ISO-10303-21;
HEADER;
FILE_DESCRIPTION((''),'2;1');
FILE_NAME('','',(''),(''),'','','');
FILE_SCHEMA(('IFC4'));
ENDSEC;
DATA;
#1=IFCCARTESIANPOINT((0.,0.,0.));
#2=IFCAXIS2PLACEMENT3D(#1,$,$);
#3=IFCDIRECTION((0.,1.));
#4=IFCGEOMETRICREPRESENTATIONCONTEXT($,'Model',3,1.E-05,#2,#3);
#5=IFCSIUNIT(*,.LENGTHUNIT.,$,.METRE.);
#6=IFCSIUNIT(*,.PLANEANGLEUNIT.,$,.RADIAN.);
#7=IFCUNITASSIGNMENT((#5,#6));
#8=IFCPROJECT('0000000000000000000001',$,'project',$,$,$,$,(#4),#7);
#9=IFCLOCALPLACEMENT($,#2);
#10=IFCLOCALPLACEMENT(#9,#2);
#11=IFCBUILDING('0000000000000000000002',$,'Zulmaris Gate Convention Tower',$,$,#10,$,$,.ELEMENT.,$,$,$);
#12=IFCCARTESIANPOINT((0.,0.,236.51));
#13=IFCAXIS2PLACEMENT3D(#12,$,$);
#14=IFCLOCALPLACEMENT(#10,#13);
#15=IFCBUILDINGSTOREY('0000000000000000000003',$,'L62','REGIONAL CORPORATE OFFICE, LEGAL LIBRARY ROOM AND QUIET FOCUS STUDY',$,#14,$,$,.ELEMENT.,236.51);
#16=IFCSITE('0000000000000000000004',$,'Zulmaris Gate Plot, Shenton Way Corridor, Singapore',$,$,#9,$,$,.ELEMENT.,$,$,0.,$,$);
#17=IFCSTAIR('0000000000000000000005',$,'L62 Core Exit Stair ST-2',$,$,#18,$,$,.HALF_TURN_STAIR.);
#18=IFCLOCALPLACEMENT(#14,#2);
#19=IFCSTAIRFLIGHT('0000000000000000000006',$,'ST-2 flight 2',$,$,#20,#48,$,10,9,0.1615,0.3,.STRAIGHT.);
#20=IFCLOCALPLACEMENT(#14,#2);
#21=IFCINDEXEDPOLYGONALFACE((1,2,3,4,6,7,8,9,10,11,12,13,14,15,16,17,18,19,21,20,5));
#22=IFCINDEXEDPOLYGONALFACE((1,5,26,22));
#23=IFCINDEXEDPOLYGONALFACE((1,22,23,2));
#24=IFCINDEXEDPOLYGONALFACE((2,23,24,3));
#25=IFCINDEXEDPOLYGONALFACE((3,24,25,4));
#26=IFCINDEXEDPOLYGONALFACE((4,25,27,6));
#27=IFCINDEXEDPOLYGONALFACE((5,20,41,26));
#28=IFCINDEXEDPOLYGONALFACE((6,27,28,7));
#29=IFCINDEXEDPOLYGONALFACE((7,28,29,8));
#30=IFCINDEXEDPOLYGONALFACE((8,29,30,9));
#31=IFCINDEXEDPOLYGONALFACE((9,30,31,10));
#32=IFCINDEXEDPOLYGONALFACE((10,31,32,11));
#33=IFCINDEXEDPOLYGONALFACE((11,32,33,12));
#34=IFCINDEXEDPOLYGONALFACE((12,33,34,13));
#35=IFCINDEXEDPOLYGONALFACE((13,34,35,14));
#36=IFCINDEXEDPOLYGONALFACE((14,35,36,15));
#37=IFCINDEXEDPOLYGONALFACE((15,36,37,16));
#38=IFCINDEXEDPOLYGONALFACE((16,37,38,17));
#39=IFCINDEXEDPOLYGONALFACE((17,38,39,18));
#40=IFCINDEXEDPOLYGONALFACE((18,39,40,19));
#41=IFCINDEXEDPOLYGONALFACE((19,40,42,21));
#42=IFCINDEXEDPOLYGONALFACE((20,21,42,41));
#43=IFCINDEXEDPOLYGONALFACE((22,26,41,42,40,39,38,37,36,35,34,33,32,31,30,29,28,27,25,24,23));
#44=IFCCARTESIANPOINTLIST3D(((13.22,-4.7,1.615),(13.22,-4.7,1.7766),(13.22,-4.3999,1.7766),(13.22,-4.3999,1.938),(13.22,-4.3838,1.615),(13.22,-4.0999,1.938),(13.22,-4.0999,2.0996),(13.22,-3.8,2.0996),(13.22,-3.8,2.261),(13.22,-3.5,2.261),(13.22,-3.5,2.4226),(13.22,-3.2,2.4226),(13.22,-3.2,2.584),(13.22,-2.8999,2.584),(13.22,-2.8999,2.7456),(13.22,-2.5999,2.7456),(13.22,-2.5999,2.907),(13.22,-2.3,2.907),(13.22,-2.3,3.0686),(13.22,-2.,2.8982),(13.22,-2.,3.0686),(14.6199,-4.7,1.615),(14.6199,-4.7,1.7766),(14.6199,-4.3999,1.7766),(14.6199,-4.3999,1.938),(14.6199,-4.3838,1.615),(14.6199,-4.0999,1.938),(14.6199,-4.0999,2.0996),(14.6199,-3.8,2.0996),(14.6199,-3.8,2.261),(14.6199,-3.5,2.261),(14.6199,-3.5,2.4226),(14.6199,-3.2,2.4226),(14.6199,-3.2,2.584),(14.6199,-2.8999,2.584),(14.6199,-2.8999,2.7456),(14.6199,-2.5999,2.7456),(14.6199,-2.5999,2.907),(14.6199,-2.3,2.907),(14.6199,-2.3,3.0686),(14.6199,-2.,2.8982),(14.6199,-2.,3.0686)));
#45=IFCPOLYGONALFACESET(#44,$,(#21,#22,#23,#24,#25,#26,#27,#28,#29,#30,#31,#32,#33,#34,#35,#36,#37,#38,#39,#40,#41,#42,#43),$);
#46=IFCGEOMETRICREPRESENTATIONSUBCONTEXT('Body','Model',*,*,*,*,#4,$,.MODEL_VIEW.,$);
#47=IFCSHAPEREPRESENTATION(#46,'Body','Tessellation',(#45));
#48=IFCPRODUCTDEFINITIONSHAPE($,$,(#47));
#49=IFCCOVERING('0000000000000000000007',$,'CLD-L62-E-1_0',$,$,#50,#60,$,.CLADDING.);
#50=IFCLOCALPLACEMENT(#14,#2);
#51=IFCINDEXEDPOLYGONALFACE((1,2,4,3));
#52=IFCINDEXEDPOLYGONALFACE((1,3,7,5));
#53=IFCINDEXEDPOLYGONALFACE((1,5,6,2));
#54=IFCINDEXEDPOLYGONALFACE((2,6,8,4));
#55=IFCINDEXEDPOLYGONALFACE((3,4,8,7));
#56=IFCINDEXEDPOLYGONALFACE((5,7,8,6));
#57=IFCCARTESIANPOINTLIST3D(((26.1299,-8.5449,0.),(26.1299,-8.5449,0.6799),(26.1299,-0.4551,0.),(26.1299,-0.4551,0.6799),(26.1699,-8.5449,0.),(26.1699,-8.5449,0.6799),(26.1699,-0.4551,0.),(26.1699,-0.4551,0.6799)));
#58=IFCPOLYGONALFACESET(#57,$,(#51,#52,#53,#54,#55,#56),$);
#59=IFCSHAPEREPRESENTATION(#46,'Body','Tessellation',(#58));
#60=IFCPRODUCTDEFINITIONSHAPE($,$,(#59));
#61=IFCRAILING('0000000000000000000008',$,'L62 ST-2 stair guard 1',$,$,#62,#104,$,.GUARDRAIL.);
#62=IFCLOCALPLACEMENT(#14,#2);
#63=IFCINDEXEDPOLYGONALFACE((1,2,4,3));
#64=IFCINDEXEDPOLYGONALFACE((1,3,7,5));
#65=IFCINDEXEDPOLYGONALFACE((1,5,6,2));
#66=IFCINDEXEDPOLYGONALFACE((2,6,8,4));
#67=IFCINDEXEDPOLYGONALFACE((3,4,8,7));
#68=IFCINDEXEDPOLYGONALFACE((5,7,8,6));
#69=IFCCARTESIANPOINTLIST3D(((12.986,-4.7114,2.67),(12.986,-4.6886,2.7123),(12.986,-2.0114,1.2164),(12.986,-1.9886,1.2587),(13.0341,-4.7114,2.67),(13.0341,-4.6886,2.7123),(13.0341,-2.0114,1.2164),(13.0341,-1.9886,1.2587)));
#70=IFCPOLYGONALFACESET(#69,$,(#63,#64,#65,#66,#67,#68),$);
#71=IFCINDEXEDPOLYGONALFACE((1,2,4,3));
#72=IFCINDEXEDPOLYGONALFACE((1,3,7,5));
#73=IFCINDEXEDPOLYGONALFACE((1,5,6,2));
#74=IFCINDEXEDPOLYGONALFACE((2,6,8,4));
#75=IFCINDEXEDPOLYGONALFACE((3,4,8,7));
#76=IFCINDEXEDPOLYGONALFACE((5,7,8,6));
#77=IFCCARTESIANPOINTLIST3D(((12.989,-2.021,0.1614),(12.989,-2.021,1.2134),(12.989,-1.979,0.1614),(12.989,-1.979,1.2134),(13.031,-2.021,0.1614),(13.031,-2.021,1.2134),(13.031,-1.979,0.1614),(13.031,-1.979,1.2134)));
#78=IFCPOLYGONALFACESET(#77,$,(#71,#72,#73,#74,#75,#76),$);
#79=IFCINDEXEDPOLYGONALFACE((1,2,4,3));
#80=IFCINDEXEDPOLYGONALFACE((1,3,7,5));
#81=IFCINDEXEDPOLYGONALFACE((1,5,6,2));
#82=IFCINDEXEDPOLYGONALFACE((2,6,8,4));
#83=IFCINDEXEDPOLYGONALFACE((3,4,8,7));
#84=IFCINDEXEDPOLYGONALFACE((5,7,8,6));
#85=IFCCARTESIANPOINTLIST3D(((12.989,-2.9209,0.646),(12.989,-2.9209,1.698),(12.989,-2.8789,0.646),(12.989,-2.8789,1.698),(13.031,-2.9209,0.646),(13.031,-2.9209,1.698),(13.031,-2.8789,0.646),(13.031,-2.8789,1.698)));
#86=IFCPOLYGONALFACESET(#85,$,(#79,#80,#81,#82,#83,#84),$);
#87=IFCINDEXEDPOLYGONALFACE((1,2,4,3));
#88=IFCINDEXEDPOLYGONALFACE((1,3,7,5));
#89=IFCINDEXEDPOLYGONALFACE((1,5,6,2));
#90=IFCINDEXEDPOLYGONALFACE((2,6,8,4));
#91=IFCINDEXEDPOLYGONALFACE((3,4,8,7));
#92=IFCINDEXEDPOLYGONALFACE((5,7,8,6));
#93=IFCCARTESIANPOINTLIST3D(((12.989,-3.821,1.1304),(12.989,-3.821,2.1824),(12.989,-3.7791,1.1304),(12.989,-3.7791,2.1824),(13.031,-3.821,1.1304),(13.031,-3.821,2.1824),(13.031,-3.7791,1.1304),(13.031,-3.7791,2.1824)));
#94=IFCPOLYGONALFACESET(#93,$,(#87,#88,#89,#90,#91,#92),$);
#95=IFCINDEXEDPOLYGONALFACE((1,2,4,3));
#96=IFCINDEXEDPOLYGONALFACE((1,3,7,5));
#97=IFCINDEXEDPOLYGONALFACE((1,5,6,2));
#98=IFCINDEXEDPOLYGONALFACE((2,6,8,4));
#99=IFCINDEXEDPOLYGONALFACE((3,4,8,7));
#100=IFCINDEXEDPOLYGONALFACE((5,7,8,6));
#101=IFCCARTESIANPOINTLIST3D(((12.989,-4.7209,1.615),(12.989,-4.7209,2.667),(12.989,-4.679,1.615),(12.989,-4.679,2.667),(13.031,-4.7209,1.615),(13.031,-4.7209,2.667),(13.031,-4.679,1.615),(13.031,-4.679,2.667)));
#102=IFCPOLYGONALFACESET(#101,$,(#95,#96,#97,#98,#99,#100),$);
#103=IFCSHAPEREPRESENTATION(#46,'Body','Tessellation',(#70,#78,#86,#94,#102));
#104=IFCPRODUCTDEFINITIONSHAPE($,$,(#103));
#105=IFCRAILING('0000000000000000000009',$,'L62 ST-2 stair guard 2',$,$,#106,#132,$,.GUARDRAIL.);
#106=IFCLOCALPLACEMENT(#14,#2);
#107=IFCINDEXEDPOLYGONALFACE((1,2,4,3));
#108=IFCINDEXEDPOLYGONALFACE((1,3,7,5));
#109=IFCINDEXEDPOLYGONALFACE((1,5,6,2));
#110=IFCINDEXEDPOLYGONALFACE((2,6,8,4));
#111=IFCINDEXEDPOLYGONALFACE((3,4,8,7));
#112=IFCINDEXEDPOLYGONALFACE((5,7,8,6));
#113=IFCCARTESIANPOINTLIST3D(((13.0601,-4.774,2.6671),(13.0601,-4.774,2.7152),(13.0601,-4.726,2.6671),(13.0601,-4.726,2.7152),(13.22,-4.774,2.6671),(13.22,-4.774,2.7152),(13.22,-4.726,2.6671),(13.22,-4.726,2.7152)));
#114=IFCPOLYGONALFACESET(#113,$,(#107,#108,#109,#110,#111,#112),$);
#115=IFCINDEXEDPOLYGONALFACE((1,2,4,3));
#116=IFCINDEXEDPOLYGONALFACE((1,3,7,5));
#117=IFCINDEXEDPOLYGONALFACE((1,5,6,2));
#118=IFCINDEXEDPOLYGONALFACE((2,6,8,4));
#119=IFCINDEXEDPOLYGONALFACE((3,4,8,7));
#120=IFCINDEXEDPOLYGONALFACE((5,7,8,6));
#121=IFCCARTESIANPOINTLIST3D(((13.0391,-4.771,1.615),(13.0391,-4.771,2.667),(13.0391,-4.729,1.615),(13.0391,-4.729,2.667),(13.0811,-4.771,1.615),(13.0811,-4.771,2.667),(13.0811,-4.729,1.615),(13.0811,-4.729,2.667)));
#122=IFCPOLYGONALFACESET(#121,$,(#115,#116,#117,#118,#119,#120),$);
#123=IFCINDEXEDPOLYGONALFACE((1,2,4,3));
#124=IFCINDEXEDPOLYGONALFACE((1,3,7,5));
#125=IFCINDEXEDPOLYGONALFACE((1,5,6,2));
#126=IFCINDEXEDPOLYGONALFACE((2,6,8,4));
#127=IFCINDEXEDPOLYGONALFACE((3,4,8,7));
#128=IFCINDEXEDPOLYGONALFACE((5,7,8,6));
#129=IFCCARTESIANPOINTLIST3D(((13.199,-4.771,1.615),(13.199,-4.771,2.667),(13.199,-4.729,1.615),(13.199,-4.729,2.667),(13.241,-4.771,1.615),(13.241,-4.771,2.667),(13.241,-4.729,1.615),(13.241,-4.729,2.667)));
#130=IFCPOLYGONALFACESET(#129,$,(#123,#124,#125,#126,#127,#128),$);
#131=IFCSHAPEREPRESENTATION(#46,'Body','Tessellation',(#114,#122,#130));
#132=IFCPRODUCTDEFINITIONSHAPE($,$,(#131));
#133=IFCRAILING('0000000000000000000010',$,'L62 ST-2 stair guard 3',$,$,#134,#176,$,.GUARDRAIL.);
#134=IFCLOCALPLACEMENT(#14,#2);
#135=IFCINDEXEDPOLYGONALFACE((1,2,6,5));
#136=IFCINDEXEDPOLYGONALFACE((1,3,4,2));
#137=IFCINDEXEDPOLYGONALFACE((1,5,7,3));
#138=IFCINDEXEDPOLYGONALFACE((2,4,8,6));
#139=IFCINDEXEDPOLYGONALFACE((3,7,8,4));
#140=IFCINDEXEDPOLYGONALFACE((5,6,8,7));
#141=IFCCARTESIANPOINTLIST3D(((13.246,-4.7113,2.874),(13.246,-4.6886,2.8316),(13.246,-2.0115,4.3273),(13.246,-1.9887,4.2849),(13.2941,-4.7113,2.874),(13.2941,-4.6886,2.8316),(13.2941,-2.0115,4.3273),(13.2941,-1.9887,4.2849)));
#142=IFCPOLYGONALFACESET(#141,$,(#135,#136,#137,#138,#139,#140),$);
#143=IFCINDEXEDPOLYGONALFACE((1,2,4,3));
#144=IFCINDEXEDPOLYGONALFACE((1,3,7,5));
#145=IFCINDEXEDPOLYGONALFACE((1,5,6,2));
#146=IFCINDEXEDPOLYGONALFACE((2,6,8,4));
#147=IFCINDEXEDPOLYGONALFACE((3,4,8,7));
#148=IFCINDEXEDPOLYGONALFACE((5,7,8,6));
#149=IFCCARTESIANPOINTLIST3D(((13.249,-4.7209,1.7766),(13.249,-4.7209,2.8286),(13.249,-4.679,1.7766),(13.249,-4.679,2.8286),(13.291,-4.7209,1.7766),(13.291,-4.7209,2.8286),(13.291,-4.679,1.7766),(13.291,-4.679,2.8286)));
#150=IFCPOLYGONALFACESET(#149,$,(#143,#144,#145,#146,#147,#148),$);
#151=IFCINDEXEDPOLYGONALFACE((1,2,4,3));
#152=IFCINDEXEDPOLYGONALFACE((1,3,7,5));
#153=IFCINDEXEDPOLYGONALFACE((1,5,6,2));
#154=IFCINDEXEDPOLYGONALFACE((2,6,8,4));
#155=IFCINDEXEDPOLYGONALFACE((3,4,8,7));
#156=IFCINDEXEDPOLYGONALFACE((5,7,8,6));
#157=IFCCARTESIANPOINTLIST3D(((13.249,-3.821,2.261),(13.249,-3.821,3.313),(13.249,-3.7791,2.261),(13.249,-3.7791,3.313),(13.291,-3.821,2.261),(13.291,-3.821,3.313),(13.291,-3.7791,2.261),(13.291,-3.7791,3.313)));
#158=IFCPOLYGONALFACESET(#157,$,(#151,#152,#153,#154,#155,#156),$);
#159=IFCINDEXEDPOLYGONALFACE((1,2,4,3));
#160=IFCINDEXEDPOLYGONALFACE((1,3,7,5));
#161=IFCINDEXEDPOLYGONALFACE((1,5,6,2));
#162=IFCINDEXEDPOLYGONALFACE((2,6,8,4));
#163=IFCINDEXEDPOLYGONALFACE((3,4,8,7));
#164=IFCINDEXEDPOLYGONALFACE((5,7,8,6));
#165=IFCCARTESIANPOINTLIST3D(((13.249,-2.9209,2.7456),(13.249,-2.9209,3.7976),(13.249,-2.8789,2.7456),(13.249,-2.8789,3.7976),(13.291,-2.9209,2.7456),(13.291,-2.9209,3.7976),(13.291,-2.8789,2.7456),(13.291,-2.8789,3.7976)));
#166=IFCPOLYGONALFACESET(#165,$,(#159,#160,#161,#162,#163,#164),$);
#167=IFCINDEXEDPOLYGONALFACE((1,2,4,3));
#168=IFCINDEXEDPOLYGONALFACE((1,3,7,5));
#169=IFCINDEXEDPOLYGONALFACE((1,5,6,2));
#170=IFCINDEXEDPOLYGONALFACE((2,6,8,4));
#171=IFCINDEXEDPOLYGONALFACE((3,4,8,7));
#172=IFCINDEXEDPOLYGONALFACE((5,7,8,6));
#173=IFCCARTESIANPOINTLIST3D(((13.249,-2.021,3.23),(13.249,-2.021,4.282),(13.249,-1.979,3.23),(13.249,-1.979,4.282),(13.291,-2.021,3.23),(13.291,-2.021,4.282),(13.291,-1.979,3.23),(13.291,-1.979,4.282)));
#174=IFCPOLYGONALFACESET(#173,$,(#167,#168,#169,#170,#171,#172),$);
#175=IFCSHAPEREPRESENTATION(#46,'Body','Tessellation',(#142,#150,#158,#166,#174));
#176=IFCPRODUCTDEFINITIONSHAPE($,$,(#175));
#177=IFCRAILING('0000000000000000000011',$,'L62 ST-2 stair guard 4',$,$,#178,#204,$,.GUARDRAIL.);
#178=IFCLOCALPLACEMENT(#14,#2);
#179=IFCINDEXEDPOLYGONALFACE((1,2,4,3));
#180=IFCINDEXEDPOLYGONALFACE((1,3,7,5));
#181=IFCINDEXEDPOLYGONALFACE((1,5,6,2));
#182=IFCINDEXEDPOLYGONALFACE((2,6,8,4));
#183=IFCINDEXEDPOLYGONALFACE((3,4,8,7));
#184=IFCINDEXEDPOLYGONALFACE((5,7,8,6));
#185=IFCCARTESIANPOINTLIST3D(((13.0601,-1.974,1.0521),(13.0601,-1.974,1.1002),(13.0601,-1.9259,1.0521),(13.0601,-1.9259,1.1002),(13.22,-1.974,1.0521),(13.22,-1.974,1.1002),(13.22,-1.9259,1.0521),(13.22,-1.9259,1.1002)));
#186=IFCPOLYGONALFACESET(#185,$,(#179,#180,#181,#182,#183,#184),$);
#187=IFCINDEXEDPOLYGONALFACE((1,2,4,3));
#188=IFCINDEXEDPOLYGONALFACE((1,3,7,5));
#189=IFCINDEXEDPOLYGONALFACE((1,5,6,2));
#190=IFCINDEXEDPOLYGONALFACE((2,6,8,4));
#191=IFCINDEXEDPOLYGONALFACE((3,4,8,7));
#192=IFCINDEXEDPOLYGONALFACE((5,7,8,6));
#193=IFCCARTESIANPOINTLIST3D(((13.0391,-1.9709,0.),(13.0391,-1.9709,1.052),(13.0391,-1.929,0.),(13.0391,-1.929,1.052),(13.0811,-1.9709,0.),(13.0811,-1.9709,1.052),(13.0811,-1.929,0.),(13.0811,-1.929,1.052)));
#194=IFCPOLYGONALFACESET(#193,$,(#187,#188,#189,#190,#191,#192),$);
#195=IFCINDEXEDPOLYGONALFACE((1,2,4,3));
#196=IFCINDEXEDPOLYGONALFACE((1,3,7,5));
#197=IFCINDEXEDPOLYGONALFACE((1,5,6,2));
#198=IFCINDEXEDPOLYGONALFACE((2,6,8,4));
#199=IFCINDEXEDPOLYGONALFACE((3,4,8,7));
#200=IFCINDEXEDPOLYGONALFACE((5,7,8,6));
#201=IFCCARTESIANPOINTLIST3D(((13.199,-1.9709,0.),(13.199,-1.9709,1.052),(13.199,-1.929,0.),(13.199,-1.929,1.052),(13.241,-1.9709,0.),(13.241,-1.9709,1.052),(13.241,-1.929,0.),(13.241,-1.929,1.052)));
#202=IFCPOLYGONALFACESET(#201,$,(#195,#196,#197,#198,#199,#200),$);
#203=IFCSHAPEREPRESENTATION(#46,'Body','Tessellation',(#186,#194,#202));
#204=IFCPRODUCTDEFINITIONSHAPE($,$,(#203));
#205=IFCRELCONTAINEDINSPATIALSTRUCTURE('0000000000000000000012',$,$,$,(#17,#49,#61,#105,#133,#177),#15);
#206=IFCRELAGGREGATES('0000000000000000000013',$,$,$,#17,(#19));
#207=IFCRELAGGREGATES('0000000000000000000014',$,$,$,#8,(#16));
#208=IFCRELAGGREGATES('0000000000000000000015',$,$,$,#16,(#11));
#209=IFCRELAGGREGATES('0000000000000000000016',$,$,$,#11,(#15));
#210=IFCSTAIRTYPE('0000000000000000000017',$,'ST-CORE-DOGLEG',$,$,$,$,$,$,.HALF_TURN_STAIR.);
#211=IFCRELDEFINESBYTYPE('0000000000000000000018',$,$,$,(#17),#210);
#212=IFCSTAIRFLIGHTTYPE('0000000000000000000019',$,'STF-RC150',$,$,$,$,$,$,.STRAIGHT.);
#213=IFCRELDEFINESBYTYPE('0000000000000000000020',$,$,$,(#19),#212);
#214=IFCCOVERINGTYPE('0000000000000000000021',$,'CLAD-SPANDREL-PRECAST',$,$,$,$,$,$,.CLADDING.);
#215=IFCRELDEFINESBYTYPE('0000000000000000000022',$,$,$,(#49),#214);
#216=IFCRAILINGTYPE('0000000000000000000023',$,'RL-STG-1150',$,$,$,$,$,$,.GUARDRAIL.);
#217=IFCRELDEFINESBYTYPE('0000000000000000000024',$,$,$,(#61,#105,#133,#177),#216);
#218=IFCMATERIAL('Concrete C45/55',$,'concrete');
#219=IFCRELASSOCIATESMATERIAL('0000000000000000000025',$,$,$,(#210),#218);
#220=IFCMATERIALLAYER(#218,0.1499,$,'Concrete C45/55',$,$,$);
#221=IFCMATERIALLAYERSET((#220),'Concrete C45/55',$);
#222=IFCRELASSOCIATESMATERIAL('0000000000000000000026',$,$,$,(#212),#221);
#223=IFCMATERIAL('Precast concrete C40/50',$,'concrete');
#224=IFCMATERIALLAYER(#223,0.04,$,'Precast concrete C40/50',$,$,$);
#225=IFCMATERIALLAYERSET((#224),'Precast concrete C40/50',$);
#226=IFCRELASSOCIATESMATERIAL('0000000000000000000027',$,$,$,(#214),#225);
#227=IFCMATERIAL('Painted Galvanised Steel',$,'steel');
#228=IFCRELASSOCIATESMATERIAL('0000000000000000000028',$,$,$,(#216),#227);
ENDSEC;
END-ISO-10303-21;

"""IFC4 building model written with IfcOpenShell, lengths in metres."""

from ifc_helpers import new_model, si_unit, direction, frame, frame_2d, origin, origin_2d, place, context, subcontext, project, spatial, polyline, rectangle, outline, extrude, material, layer, layer_set, type_object, element, aggregate, save


model = new_model("IFC4")

# Units and contexts
model_context = context("Model", 3, precision=1e-05, world=origin(), true_north=direction((0.0, 1.0)))
body_context = subcontext(model_context, "Body", "Model", "MODEL_VIEW")
ifc_project = project(units=[si_unit("LENGTHUNIT", "METRE"), si_unit("PLANEANGLEUNIT", "RADIAN")], contexts=[model_context])

# Site, building, storey
site_placement = place(None, origin())
site = spatial("IfcSite", under=ifc_project, at=site_placement, Name="Zulmaris Gate Plot, Shenton Way Corridor, Singapore", CompositionType="ELEMENT", RefElevation=0.0)
building_placement = place(site_placement, origin())
building = spatial("IfcBuilding", under=site, at=building_placement, Name="Zulmaris Gate Convention Tower", CompositionType="ELEMENT")
storey_placement = place(building_placement, frame((0.0, 0.0, 236.51)))
storey = spatial("IfcBuildingStorey", under=building, at=storey_placement, Name="L62", Description="REGIONAL CORPORATE OFFICE, LEGAL LIBRARY ROOM AND QUIET FOCUS STUDY", CompositionType="ELEMENT", Elevation=236.51)

# Shared definitions
ifc_material_1 = material(Name="Precast concrete C40/50", Category="concrete")

# Stair, stair flight
ifc_material_2 = material(Name="Concrete C45/55", Category="concrete")
stair_type = type_object("IfcStairType", Name="ST-CORE-DOGLEG", PredefinedType="HALF_TURN_STAIR", material=ifc_material_2)
stair_placement = place(storey_placement, origin())
stair = element("IfcStair", 1, at=stair_placement, inside=storey, type_object=stair_type, Name="L62 Core Exit Stair ST-2", PredefinedType="HALF_TURN_STAIR")
ifc_layer_1 = layer(ifc_material_2, 0.1499, Name="Concrete C45/55")
ifc_layer_set_1 = layer_set([ifc_layer_1], Name="Concrete C45/55")
stair_flight_type = type_object("IfcStairFlightType", Name="STF-RC150", PredefinedType="STRAIGHT", material=ifc_layer_set_1)
stair_flight_1_placement = place(storey_placement, frame((13.9199, -4.7, 1.615), z_axis=(0.0, 0.0, 1.0), x_axis=(0.0, 1.0, 0.0)))
stair_flight_1 = element("IfcStairFlight", 2, at=stair_flight_1_placement, type_object=stair_flight_type, Name="ST-2 flight 2", NumberOfRisers=10, NumberOfTreads=9, PredefinedType="STRAIGHT", RiserHeight=0.1615, TreadLength=0.3, context=body_context, shape_type="SweptSolid", body=[
    extrude(outline(polyline([(0.0, 0.0), (0.0, 0.1616), (0.3, 0.1616), (0.3, 0.323), (0.6001, 0.323), (0.6001, 0.4846), (0.8999, 0.4846), (0.8999, 0.646), (1.2, 0.646), (1.2, 0.8076), (1.5, 0.8076), (1.5, 0.969), (1.8, 0.969), (1.8, 1.1306), (2.1001, 1.1306), (2.1001, 1.292), (2.3999, 1.292), (2.3999, 1.4536), (2.7, 1.4536), (2.7, 1.615), (2.7, 1.2832), (0.3162, 0.0), (0.0, 0.0)])), frame((0.0, 0.7, 0.0), z_axis=(0.0, -1.0, 0.0), x_axis=(1.0, 0.0, 0.0)), (0.0, 0.0, 1.0), 1.3999),
])
aggregate(stair, [stair_flight_1])

# Covering
ifc_layer_2 = layer(ifc_material_1, 0.04, Name="Precast concrete C40/50")
ifc_layer_set_2 = layer_set([ifc_layer_2], Name="Precast concrete C40/50")
covering_type = type_object("IfcCoveringType", Name="CLAD-SPANDREL-PRECAST", PredefinedType="CLADDING", material=ifc_layer_set_2)
covering_placement = place(storey_placement, frame((26.1499, -8.5449, 0.0), z_axis=(0.0, 0.0, 1.0), x_axis=(0.0, 1.0, 0.0)))
element("IfcCovering", 3, at=covering_placement, inside=storey, type_object=covering_type, Name="CLD-L62-E-1_0", PredefinedType="CLADDING", context=body_context, shape_type="SweptSolid", body=[
    extrude(rectangle(XDim=8.0898, YDim=0.04, at=frame_2d((4.0449, 0.0))), origin(), (0.0, 0.0, 1.0), 0.6799),
])

# Railings
ifc_material_3 = material(Name="Painted Galvanised Steel", Category="steel")
railing_type_1 = type_object("IfcRailingType", Name="RL-STG-1150", PredefinedType="GUARDRAIL", material=ifc_material_3)
railing_1_placement = place(storey_placement, frame((13.01, -2.0, 0.1614)))
element("IfcRailing", 4, at=railing_1_placement, inside=storey, type_object=railing_type_1, Name="L62 ST-2 stair guard 1", PredefinedType="GUARDRAIL", context=body_context, shape_type="SweptSolid", body=[
    extrude(rectangle(XDim=0.0481, YDim=0.0481, at=origin_2d()), frame((0.0, 0.0, 1.0762), z_axis=(0.0, -0.880499, 0.474048), x_axis=(1.0, 0.0, 0.0)), (0.0, 0.0, 1.0), 3.0664),
    extrude(rectangle(XDim=0.042, YDim=0.042, at=origin_2d()), origin(), (0.0, 0.0, 1.0), 1.052),
    extrude(rectangle(XDim=0.042, YDim=0.042, at=origin_2d()), frame((0.0, -0.8999, 0.4846)), (0.0, 0.0, 1.0), 1.052),
    extrude(rectangle(XDim=0.042, YDim=0.042, at=origin_2d()), frame((0.0, -1.8, 0.969)), (0.0, 0.0, 1.0), 1.052),
    extrude(rectangle(XDim=0.042, YDim=0.042, at=origin_2d()), frame((0.0, -2.7, 1.4536)), (0.0, 0.0, 1.0), 1.052),
])
railing_2_placement = place(storey_placement, frame((13.0601, -4.75, 1.615)))
element("IfcRailing", 5, at=railing_2_placement, inside=storey, type_object=railing_type_1, Name="L62 ST-2 stair guard 2", PredefinedType="GUARDRAIL", context=body_context, shape_type="SweptSolid", body=[
    extrude(rectangle(XDim=0.0481, YDim=0.0481, at=origin_2d()), frame((0.0, 0.0, 1.0762), z_axis=(1.0, 0.0, 0.0), x_axis=(0.0, 1.0, 0.0)), (0.0, 0.0, 1.0), 0.1599),
    extrude(rectangle(XDim=0.042, YDim=0.042, at=origin_2d()), origin(), (0.0, 0.0, 1.0), 1.052),
    extrude(rectangle(XDim=0.042, YDim=0.042, at=origin_2d()), frame((0.1599, 0.0, 0.0)), (0.0, 0.0, 1.0), 1.052),
])
railing_3_placement = place(storey_placement, frame((13.27, -4.7, 1.7766)))
element("IfcRailing", 6, at=railing_3_placement, inside=storey, type_object=railing_type_1, Name="L62 ST-2 stair guard 3", PredefinedType="GUARDRAIL", context=body_context, shape_type="SweptSolid", body=[
    extrude(rectangle(XDim=0.0481, YDim=0.0481, at=origin_2d()), frame((0.0, 0.0, 1.0762), z_axis=(0.0, 0.880532, 0.473986), x_axis=(-1.0, 0.0, 0.0)), (0.0, 0.0, 1.0), 3.0662),
    extrude(rectangle(XDim=0.042, YDim=0.042, at=origin_2d()), origin(), (0.0, 0.0, 1.0), 1.052),
    extrude(rectangle(XDim=0.042, YDim=0.042, at=origin_2d()), frame((0.0, 0.8999, 0.4844)), (0.0, 0.0, 1.0), 1.052),
    extrude(rectangle(XDim=0.042, YDim=0.042, at=origin_2d()), frame((0.0, 1.8, 0.969)), (0.0, 0.0, 1.0), 1.052),
    extrude(rectangle(XDim=0.042, YDim=0.042, at=origin_2d()), frame((0.0, 2.7, 1.4534)), (0.0, 0.0, 1.0), 1.052),
])
railing_4_placement = place(storey_placement, frame((13.0601, -1.95, 0.0)))
element("IfcRailing", 7, at=railing_4_placement, inside=storey, type_object=railing_type_1, Name="L62 ST-2 stair guard 4", PredefinedType="GUARDRAIL", context=body_context, shape_type="SweptSolid", body=[
    extrude(rectangle(XDim=0.0481, YDim=0.0481, at=origin_2d()), frame((0.0, 0.0, 1.0762), z_axis=(1.0, 0.0, 0.0), x_axis=(0.0, 1.0, 0.0)), (0.0, 0.0, 1.0), 0.1599),
    extrude(rectangle(XDim=0.042, YDim=0.042, at=origin_2d()), origin(), (0.0, 0.0, 1.0), 1.052),
    extrude(rectangle(XDim=0.042, YDim=0.042, at=origin_2d()), frame((0.1599, 0.0, 0.0)), (0.0, 0.0, 1.0), 1.052),
])

save(model, "model.ifc")
